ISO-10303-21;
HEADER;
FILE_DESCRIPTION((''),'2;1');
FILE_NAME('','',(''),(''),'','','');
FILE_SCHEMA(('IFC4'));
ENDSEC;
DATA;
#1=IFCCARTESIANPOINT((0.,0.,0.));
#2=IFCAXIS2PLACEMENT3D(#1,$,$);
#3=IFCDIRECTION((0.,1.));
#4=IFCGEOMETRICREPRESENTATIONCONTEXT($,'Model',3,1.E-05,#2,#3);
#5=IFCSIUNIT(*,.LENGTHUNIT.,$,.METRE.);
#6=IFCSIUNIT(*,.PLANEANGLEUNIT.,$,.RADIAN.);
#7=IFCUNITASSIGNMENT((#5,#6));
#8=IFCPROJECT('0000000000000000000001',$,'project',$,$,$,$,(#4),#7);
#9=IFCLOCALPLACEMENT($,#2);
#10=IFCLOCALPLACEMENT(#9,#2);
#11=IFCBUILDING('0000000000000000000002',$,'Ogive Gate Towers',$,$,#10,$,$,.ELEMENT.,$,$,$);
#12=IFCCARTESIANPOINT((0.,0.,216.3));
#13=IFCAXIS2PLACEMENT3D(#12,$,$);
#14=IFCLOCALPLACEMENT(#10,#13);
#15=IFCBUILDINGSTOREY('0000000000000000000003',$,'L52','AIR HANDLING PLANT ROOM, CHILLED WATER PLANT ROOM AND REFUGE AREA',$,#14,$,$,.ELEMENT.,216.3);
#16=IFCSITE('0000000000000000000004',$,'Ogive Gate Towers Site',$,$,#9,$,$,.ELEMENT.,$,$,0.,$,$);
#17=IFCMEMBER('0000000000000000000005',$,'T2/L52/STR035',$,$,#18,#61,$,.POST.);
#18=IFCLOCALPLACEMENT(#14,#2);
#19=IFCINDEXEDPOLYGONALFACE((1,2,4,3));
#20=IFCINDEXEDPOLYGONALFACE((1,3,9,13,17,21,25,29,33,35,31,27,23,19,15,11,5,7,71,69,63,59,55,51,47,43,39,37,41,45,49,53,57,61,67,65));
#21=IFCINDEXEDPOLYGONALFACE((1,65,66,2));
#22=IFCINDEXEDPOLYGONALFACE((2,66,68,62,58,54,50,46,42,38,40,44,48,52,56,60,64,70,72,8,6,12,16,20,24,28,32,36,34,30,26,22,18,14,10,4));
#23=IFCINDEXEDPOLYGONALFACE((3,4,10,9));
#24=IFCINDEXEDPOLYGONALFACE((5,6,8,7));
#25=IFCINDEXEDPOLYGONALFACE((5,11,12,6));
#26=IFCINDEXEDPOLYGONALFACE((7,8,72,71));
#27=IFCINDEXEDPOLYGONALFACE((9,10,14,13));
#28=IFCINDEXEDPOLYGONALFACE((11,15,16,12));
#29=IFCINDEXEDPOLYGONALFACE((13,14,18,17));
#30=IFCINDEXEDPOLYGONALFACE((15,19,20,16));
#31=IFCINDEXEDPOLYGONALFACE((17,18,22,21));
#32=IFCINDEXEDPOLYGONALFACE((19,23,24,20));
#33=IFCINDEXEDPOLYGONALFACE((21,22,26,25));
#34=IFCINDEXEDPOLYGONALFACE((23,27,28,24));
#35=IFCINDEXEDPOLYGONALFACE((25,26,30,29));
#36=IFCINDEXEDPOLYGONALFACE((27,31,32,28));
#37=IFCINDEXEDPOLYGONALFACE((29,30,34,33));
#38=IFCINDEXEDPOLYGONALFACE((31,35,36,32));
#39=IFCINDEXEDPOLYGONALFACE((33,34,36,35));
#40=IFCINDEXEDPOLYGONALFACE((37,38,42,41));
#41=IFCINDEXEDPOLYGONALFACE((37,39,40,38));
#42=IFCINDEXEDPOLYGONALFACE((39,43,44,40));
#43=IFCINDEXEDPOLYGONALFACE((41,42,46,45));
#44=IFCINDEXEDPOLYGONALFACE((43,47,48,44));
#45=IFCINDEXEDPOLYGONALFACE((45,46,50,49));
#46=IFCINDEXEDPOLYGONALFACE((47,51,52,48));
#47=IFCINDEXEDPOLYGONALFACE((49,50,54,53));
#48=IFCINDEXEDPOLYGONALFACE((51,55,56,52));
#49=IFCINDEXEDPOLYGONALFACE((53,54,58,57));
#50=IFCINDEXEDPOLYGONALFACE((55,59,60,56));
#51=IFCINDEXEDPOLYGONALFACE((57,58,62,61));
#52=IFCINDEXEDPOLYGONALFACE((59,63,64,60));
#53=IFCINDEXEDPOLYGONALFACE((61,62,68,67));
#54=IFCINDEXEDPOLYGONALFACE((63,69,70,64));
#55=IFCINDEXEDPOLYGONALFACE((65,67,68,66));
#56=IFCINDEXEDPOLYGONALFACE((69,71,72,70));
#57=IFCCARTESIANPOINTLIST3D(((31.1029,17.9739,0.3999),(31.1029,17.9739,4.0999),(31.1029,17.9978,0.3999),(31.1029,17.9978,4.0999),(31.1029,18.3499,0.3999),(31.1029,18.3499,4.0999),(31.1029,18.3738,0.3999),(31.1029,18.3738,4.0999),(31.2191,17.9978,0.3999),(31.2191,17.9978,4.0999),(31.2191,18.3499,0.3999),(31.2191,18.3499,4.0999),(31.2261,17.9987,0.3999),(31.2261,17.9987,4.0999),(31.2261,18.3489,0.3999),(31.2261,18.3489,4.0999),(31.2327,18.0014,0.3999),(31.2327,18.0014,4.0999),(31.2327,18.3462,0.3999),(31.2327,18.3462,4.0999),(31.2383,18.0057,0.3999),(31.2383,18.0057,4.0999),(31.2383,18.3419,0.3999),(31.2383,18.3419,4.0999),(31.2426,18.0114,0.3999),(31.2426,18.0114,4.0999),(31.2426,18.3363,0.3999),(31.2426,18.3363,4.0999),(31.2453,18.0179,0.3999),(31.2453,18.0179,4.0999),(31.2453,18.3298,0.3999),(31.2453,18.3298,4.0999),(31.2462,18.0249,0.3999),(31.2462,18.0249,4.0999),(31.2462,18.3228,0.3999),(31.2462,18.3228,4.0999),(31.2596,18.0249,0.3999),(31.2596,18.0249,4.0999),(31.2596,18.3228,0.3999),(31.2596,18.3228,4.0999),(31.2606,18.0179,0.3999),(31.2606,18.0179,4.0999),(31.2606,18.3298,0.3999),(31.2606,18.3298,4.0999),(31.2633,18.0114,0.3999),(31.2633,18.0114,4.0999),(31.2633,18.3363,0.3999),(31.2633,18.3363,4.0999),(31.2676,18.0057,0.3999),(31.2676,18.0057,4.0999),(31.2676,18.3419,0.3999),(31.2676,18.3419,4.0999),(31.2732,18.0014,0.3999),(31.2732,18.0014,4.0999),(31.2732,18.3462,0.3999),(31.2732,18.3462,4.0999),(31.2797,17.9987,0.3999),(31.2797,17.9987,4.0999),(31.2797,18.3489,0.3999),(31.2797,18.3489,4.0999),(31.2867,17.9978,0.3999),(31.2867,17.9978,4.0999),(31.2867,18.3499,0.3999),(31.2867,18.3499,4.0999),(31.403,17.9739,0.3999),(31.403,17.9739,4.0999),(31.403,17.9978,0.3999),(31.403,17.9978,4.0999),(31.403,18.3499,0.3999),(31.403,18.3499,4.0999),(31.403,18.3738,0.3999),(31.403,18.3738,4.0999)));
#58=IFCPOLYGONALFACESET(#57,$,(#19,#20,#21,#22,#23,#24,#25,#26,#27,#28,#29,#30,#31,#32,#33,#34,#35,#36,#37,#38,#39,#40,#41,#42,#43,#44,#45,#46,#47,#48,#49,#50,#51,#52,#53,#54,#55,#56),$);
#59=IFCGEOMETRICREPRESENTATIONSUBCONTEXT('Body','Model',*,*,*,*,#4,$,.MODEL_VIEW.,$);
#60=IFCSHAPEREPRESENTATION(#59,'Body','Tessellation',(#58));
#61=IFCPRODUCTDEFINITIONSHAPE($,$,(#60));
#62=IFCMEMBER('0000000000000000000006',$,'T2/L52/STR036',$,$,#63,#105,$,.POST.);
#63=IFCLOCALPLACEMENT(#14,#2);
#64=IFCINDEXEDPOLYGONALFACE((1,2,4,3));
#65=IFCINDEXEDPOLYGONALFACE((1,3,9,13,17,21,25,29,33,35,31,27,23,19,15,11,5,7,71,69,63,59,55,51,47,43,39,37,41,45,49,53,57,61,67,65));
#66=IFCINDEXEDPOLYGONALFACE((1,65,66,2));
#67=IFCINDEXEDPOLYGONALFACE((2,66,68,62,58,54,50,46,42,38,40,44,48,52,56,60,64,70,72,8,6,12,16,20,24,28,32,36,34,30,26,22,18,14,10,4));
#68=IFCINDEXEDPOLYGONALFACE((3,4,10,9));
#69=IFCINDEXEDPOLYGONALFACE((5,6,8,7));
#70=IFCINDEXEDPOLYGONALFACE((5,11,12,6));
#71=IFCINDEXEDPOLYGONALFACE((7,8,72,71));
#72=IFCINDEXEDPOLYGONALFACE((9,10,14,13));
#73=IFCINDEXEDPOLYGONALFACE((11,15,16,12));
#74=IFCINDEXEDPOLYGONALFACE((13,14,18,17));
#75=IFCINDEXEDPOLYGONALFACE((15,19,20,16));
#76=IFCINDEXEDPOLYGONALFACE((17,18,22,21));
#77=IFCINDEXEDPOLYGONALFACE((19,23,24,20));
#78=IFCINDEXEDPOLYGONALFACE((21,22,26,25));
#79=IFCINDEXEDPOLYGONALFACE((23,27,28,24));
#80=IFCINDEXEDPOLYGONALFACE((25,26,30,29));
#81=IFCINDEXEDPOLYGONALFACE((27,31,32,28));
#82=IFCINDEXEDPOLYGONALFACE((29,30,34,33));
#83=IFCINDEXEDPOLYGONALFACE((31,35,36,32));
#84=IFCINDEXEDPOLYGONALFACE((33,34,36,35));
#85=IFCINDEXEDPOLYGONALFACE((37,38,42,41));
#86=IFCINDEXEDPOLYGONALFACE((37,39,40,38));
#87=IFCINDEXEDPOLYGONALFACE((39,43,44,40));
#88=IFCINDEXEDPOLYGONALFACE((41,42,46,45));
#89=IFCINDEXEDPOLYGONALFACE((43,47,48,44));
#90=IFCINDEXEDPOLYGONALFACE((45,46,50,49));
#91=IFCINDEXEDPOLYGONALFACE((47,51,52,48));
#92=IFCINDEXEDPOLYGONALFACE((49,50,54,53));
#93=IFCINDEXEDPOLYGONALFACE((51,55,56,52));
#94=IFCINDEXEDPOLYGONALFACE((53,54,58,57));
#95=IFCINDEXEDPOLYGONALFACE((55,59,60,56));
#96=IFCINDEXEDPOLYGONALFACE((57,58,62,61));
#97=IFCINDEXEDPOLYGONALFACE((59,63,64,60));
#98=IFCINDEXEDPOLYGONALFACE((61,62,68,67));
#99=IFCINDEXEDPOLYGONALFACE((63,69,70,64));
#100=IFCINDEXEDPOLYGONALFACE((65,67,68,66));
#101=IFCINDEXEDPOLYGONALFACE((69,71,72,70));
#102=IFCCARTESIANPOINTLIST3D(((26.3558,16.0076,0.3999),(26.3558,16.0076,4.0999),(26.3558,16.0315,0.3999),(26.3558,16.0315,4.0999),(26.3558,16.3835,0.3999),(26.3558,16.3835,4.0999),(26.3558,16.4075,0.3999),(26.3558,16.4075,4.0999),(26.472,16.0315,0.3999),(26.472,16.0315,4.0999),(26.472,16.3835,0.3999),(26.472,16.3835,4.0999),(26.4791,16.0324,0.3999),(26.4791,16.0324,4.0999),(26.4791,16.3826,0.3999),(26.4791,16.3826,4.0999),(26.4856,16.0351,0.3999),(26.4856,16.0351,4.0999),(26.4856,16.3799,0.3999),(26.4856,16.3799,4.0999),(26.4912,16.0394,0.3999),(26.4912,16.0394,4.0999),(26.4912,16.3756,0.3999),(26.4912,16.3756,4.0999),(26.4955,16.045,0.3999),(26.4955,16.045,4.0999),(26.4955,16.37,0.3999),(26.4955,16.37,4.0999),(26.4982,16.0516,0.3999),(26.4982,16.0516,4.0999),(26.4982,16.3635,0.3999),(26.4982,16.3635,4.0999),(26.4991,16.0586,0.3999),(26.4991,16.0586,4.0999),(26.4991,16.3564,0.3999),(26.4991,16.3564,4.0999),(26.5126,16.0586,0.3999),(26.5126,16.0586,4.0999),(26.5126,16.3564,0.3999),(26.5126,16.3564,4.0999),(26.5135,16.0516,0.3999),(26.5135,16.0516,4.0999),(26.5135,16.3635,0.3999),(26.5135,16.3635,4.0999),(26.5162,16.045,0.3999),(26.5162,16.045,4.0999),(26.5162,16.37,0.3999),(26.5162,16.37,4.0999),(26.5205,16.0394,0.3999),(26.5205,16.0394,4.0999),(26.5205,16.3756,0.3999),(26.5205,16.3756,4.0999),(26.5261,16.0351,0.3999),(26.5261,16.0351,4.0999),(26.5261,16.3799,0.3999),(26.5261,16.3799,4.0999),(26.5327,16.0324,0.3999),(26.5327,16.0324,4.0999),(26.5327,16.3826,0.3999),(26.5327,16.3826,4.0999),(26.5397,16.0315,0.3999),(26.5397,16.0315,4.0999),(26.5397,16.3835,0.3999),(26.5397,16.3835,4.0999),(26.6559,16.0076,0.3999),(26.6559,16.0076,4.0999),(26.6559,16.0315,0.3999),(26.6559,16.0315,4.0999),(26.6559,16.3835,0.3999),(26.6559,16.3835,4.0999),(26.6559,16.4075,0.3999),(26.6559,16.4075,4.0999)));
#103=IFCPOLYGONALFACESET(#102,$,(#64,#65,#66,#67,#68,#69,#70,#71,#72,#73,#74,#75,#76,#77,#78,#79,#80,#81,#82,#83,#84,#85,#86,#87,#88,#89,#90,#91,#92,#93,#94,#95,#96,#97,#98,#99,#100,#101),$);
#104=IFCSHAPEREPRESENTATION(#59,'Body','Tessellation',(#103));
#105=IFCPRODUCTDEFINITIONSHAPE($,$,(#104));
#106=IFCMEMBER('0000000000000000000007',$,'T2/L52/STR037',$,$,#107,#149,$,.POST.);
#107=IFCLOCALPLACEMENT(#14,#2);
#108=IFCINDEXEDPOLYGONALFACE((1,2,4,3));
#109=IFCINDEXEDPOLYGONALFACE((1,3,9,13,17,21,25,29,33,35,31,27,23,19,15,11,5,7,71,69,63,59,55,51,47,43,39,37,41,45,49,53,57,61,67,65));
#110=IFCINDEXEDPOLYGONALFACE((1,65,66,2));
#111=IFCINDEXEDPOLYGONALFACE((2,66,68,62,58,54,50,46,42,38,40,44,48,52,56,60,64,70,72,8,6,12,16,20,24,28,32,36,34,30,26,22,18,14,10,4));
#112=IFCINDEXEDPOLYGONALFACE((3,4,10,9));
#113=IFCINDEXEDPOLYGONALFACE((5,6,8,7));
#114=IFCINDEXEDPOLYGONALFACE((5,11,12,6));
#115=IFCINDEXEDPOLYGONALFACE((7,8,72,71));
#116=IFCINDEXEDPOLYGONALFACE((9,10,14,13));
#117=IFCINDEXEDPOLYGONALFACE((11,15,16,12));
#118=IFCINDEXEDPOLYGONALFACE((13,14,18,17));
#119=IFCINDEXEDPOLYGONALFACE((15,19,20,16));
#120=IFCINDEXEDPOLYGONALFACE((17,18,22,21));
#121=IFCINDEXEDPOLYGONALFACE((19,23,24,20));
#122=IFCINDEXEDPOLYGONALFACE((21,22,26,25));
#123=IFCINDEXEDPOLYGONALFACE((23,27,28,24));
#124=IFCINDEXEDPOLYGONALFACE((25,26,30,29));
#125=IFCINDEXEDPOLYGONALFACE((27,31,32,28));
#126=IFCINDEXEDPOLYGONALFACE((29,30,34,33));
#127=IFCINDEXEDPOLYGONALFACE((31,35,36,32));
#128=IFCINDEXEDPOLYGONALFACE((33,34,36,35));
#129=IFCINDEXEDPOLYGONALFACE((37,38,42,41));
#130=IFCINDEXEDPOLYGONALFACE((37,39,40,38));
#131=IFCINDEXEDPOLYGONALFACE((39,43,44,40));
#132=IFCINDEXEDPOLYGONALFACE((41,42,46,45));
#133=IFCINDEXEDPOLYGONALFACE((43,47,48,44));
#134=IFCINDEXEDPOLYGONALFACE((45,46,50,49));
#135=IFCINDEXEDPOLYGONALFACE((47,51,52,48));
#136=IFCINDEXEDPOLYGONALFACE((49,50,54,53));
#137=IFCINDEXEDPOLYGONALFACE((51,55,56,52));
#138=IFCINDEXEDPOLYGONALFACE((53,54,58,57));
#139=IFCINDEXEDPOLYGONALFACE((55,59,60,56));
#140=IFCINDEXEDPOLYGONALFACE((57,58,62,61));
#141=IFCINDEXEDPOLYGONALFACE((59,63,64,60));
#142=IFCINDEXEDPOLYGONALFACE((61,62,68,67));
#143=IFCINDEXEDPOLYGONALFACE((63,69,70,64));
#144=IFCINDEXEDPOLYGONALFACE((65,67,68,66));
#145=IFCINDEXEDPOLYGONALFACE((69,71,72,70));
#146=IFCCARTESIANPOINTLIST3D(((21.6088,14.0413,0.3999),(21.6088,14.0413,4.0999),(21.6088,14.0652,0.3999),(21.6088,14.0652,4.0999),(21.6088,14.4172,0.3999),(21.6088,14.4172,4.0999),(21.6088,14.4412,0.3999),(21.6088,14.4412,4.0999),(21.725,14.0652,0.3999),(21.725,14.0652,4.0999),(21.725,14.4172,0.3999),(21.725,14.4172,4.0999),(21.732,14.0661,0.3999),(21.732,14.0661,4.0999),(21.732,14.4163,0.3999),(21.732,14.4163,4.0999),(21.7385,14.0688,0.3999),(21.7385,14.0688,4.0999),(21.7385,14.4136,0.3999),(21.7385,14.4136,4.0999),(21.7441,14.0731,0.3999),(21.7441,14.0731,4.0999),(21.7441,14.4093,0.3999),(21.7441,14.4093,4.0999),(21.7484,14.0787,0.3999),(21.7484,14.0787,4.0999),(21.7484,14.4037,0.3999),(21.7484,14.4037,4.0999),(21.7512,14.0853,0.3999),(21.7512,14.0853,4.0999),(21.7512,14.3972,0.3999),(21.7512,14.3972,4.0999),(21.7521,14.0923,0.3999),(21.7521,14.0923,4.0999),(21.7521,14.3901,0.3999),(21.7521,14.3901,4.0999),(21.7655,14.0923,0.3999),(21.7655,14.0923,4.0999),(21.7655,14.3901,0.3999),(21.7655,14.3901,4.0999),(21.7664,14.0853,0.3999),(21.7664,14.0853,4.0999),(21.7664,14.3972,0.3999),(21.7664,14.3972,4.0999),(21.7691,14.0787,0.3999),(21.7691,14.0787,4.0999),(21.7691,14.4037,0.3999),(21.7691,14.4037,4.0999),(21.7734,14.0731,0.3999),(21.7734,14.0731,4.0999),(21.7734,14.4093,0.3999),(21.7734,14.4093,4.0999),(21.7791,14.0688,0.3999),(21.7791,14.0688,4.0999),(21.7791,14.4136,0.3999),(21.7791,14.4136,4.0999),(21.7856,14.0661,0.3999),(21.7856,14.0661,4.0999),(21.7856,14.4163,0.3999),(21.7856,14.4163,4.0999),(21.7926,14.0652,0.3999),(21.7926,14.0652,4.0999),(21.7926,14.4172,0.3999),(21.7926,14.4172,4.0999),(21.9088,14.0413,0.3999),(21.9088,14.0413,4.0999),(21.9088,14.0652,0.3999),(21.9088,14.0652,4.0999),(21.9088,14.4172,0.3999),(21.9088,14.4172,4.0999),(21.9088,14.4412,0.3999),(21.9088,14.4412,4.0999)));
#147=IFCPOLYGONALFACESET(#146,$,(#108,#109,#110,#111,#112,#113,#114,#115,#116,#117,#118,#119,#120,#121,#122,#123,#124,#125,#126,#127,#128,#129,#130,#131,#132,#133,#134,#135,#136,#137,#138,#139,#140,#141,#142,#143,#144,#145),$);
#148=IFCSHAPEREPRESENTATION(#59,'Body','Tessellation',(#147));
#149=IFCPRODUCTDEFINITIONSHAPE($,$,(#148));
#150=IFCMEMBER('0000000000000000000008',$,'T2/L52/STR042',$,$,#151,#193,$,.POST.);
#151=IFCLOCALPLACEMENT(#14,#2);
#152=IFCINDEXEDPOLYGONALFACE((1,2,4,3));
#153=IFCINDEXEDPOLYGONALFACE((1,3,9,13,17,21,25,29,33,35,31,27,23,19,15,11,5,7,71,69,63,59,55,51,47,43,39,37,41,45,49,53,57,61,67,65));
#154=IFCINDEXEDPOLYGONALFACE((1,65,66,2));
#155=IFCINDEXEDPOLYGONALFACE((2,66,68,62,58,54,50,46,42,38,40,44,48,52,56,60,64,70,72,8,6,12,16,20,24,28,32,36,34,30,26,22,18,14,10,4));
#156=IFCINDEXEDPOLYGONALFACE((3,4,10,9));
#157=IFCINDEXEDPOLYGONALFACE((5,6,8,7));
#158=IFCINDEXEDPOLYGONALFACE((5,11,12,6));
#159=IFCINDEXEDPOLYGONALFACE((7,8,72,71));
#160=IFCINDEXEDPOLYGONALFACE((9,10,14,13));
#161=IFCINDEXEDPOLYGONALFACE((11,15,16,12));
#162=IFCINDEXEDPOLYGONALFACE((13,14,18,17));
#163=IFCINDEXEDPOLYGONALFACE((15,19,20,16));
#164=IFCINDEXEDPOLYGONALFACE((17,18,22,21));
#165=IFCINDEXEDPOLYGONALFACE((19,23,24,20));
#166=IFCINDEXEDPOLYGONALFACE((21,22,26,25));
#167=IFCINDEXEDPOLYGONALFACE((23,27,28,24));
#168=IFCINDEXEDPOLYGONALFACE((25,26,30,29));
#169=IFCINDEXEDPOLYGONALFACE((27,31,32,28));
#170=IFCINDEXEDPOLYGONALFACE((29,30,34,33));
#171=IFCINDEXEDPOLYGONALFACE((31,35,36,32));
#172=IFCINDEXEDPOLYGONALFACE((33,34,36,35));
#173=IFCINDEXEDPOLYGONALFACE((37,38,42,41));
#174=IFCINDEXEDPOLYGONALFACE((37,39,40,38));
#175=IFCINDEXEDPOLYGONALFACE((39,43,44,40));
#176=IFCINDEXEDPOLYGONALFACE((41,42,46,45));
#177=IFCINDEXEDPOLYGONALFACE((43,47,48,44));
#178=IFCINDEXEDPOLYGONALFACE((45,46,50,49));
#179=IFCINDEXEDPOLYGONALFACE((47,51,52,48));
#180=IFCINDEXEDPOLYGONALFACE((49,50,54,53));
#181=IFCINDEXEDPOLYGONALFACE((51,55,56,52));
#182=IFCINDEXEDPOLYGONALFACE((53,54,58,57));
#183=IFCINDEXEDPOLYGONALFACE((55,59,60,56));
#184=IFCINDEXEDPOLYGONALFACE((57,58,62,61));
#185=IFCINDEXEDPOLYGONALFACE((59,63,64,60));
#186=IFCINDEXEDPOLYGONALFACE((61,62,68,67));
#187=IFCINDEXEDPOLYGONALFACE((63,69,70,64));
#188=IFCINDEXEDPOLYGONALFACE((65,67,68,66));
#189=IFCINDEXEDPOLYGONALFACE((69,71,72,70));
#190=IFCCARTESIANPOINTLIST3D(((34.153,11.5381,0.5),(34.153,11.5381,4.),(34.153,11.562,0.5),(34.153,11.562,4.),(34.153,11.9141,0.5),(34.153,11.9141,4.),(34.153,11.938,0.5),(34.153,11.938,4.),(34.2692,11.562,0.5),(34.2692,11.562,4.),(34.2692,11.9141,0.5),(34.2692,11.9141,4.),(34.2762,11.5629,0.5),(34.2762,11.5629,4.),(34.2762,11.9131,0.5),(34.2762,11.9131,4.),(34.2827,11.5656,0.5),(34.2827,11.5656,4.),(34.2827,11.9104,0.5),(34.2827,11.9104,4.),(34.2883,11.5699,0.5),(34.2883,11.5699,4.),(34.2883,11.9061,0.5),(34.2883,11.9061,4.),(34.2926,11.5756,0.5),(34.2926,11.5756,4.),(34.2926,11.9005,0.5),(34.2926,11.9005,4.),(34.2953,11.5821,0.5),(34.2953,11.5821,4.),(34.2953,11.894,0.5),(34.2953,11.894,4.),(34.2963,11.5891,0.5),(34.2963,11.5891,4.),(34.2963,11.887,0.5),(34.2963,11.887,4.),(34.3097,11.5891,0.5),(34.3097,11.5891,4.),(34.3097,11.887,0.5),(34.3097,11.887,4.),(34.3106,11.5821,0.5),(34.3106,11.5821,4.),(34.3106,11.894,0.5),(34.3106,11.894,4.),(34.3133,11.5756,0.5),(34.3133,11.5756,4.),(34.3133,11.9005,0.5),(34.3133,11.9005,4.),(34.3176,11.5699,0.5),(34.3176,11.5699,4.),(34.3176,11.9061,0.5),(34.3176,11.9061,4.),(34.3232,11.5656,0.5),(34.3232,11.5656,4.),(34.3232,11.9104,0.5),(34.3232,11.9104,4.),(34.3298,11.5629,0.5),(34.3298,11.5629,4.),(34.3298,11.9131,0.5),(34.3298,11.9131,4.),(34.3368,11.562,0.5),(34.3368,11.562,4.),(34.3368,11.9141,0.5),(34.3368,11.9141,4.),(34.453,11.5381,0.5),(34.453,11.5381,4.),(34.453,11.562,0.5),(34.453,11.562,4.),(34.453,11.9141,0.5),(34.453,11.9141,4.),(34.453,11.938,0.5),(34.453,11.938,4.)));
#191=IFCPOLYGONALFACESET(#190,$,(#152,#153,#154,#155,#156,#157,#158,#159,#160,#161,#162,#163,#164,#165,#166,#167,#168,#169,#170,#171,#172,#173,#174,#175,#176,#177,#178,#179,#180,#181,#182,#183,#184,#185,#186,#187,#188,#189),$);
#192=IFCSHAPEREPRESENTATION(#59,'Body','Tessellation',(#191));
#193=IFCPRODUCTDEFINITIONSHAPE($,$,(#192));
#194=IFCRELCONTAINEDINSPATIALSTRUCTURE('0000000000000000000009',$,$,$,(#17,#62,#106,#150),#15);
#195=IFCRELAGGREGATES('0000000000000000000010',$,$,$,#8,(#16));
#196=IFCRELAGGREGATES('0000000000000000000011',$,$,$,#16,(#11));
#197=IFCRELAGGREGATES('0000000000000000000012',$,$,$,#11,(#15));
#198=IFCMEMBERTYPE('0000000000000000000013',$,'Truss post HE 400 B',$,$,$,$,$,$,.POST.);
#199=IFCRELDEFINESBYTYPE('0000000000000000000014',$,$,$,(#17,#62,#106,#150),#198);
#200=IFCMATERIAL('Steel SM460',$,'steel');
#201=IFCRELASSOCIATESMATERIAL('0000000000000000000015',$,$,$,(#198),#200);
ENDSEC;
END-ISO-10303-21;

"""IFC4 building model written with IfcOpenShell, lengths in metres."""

from ifc_helpers import new_model, si_unit, direction, frame, origin, origin_2d, place, context, subcontext, project, spatial, i_section, extrude, material, material_profile, profile_set, type_object, element, save


model = new_model("IFC4")

# Units and contexts
model_context = context("Model", 3, precision=1e-05, world=origin(), true_north=direction((0.0, 1.0)))
body_context = subcontext(model_context, "Body", "Model", "MODEL_VIEW")
ifc_project = project(units=[si_unit("LENGTHUNIT", "METRE"), si_unit("PLANEANGLEUNIT", "RADIAN")], contexts=[model_context])

# Site, building, storey
site_placement = place(None, origin())
site = spatial("IfcSite", under=ifc_project, at=site_placement, Name="Ogive Gate Towers Site", CompositionType="ELEMENT", RefElevation=0.0)
building_placement = place(site_placement, origin())
building = spatial("IfcBuilding", under=site, at=building_placement, Name="Ogive Gate Towers", CompositionType="ELEMENT")
storey_placement = place(building_placement, frame((0.0, 0.0, 216.3)))
storey = spatial("IfcBuildingStorey", under=building, at=storey_placement, Name="L52", Description="AIR HANDLING PLANT ROOM, CHILLED WATER PLANT ROOM AND REFUGE AREA", CompositionType="ELEMENT", Elevation=216.3)

# Shared definitions
ifc_material_1 = material(Name="Steel SM460", Category="steel")

# Members
ifc_material_profile_1 = material_profile(ifc_material_1, i_section(OverallWidth=0.3, OverallDepth=0.3999, WebThickness=0.0134, FlangeThickness=0.0239, FilletRadius=0.0271, at=origin_2d()), Name="HE 400 B")
ifc_profile_set_1 = profile_set([ifc_material_profile_1], Name="Steel SM460")
member_type_1 = type_object("IfcMemberType", Name="Truss post HE 400 B", PredefinedType="POST", material=ifc_profile_set_1)
for number, where, z_axis, x_axis, name in (
    (1, (31.2529, 18.1738, 0.3999), (0.0, 0.0, 1.0), (1.0, 0.0, 0.0), "T2/L52/STR035"),
    (2, (26.5059, 16.2075, 0.3999), (0.0, 0.0, 1.0), (1.0, 0.0, 0.0), "T2/L52/STR036"),
    (3, (21.7588, 14.2412, 0.3999), (0.0, 0.0, 1.0), (1.0, 0.0, 0.0), "T2/L52/STR037"),
):
    element("IfcMember", number, at=place(storey_placement, frame(where, z_axis=z_axis, x_axis=x_axis)), inside=storey, type_object=member_type_1, Name=name, PredefinedType="POST", context=body_context, shape_type="SweptSolid", body=[
        extrude(i_section(OverallWidth=0.3, OverallDepth=0.3999, WebThickness=0.0134, FlangeThickness=0.0239, FilletRadius=0.0271, at=origin_2d()), origin(), (0.0, 0.0, 1.0), 3.7),
    ])
for number, where, z_axis, x_axis, name in (
    (4, (34.303, 11.738, 0.5), (0.0, 0.0, 1.0), (1.0, 0.0, 0.0), "T2/L52/STR042"),
):
    element("IfcMember", number, at=place(storey_placement, frame(where, z_axis=z_axis, x_axis=x_axis)), inside=storey, type_object=member_type_1, Name=name, PredefinedType="POST", context=body_context, shape_type="SweptSolid", body=[
        extrude(i_section(OverallWidth=0.3, OverallDepth=0.3999, WebThickness=0.0134, FlangeThickness=0.0239, FilletRadius=0.0271, at=origin_2d()), origin(), (0.0, 0.0, 1.0), 3.5),
    ])

save(model, "model.ifc")
